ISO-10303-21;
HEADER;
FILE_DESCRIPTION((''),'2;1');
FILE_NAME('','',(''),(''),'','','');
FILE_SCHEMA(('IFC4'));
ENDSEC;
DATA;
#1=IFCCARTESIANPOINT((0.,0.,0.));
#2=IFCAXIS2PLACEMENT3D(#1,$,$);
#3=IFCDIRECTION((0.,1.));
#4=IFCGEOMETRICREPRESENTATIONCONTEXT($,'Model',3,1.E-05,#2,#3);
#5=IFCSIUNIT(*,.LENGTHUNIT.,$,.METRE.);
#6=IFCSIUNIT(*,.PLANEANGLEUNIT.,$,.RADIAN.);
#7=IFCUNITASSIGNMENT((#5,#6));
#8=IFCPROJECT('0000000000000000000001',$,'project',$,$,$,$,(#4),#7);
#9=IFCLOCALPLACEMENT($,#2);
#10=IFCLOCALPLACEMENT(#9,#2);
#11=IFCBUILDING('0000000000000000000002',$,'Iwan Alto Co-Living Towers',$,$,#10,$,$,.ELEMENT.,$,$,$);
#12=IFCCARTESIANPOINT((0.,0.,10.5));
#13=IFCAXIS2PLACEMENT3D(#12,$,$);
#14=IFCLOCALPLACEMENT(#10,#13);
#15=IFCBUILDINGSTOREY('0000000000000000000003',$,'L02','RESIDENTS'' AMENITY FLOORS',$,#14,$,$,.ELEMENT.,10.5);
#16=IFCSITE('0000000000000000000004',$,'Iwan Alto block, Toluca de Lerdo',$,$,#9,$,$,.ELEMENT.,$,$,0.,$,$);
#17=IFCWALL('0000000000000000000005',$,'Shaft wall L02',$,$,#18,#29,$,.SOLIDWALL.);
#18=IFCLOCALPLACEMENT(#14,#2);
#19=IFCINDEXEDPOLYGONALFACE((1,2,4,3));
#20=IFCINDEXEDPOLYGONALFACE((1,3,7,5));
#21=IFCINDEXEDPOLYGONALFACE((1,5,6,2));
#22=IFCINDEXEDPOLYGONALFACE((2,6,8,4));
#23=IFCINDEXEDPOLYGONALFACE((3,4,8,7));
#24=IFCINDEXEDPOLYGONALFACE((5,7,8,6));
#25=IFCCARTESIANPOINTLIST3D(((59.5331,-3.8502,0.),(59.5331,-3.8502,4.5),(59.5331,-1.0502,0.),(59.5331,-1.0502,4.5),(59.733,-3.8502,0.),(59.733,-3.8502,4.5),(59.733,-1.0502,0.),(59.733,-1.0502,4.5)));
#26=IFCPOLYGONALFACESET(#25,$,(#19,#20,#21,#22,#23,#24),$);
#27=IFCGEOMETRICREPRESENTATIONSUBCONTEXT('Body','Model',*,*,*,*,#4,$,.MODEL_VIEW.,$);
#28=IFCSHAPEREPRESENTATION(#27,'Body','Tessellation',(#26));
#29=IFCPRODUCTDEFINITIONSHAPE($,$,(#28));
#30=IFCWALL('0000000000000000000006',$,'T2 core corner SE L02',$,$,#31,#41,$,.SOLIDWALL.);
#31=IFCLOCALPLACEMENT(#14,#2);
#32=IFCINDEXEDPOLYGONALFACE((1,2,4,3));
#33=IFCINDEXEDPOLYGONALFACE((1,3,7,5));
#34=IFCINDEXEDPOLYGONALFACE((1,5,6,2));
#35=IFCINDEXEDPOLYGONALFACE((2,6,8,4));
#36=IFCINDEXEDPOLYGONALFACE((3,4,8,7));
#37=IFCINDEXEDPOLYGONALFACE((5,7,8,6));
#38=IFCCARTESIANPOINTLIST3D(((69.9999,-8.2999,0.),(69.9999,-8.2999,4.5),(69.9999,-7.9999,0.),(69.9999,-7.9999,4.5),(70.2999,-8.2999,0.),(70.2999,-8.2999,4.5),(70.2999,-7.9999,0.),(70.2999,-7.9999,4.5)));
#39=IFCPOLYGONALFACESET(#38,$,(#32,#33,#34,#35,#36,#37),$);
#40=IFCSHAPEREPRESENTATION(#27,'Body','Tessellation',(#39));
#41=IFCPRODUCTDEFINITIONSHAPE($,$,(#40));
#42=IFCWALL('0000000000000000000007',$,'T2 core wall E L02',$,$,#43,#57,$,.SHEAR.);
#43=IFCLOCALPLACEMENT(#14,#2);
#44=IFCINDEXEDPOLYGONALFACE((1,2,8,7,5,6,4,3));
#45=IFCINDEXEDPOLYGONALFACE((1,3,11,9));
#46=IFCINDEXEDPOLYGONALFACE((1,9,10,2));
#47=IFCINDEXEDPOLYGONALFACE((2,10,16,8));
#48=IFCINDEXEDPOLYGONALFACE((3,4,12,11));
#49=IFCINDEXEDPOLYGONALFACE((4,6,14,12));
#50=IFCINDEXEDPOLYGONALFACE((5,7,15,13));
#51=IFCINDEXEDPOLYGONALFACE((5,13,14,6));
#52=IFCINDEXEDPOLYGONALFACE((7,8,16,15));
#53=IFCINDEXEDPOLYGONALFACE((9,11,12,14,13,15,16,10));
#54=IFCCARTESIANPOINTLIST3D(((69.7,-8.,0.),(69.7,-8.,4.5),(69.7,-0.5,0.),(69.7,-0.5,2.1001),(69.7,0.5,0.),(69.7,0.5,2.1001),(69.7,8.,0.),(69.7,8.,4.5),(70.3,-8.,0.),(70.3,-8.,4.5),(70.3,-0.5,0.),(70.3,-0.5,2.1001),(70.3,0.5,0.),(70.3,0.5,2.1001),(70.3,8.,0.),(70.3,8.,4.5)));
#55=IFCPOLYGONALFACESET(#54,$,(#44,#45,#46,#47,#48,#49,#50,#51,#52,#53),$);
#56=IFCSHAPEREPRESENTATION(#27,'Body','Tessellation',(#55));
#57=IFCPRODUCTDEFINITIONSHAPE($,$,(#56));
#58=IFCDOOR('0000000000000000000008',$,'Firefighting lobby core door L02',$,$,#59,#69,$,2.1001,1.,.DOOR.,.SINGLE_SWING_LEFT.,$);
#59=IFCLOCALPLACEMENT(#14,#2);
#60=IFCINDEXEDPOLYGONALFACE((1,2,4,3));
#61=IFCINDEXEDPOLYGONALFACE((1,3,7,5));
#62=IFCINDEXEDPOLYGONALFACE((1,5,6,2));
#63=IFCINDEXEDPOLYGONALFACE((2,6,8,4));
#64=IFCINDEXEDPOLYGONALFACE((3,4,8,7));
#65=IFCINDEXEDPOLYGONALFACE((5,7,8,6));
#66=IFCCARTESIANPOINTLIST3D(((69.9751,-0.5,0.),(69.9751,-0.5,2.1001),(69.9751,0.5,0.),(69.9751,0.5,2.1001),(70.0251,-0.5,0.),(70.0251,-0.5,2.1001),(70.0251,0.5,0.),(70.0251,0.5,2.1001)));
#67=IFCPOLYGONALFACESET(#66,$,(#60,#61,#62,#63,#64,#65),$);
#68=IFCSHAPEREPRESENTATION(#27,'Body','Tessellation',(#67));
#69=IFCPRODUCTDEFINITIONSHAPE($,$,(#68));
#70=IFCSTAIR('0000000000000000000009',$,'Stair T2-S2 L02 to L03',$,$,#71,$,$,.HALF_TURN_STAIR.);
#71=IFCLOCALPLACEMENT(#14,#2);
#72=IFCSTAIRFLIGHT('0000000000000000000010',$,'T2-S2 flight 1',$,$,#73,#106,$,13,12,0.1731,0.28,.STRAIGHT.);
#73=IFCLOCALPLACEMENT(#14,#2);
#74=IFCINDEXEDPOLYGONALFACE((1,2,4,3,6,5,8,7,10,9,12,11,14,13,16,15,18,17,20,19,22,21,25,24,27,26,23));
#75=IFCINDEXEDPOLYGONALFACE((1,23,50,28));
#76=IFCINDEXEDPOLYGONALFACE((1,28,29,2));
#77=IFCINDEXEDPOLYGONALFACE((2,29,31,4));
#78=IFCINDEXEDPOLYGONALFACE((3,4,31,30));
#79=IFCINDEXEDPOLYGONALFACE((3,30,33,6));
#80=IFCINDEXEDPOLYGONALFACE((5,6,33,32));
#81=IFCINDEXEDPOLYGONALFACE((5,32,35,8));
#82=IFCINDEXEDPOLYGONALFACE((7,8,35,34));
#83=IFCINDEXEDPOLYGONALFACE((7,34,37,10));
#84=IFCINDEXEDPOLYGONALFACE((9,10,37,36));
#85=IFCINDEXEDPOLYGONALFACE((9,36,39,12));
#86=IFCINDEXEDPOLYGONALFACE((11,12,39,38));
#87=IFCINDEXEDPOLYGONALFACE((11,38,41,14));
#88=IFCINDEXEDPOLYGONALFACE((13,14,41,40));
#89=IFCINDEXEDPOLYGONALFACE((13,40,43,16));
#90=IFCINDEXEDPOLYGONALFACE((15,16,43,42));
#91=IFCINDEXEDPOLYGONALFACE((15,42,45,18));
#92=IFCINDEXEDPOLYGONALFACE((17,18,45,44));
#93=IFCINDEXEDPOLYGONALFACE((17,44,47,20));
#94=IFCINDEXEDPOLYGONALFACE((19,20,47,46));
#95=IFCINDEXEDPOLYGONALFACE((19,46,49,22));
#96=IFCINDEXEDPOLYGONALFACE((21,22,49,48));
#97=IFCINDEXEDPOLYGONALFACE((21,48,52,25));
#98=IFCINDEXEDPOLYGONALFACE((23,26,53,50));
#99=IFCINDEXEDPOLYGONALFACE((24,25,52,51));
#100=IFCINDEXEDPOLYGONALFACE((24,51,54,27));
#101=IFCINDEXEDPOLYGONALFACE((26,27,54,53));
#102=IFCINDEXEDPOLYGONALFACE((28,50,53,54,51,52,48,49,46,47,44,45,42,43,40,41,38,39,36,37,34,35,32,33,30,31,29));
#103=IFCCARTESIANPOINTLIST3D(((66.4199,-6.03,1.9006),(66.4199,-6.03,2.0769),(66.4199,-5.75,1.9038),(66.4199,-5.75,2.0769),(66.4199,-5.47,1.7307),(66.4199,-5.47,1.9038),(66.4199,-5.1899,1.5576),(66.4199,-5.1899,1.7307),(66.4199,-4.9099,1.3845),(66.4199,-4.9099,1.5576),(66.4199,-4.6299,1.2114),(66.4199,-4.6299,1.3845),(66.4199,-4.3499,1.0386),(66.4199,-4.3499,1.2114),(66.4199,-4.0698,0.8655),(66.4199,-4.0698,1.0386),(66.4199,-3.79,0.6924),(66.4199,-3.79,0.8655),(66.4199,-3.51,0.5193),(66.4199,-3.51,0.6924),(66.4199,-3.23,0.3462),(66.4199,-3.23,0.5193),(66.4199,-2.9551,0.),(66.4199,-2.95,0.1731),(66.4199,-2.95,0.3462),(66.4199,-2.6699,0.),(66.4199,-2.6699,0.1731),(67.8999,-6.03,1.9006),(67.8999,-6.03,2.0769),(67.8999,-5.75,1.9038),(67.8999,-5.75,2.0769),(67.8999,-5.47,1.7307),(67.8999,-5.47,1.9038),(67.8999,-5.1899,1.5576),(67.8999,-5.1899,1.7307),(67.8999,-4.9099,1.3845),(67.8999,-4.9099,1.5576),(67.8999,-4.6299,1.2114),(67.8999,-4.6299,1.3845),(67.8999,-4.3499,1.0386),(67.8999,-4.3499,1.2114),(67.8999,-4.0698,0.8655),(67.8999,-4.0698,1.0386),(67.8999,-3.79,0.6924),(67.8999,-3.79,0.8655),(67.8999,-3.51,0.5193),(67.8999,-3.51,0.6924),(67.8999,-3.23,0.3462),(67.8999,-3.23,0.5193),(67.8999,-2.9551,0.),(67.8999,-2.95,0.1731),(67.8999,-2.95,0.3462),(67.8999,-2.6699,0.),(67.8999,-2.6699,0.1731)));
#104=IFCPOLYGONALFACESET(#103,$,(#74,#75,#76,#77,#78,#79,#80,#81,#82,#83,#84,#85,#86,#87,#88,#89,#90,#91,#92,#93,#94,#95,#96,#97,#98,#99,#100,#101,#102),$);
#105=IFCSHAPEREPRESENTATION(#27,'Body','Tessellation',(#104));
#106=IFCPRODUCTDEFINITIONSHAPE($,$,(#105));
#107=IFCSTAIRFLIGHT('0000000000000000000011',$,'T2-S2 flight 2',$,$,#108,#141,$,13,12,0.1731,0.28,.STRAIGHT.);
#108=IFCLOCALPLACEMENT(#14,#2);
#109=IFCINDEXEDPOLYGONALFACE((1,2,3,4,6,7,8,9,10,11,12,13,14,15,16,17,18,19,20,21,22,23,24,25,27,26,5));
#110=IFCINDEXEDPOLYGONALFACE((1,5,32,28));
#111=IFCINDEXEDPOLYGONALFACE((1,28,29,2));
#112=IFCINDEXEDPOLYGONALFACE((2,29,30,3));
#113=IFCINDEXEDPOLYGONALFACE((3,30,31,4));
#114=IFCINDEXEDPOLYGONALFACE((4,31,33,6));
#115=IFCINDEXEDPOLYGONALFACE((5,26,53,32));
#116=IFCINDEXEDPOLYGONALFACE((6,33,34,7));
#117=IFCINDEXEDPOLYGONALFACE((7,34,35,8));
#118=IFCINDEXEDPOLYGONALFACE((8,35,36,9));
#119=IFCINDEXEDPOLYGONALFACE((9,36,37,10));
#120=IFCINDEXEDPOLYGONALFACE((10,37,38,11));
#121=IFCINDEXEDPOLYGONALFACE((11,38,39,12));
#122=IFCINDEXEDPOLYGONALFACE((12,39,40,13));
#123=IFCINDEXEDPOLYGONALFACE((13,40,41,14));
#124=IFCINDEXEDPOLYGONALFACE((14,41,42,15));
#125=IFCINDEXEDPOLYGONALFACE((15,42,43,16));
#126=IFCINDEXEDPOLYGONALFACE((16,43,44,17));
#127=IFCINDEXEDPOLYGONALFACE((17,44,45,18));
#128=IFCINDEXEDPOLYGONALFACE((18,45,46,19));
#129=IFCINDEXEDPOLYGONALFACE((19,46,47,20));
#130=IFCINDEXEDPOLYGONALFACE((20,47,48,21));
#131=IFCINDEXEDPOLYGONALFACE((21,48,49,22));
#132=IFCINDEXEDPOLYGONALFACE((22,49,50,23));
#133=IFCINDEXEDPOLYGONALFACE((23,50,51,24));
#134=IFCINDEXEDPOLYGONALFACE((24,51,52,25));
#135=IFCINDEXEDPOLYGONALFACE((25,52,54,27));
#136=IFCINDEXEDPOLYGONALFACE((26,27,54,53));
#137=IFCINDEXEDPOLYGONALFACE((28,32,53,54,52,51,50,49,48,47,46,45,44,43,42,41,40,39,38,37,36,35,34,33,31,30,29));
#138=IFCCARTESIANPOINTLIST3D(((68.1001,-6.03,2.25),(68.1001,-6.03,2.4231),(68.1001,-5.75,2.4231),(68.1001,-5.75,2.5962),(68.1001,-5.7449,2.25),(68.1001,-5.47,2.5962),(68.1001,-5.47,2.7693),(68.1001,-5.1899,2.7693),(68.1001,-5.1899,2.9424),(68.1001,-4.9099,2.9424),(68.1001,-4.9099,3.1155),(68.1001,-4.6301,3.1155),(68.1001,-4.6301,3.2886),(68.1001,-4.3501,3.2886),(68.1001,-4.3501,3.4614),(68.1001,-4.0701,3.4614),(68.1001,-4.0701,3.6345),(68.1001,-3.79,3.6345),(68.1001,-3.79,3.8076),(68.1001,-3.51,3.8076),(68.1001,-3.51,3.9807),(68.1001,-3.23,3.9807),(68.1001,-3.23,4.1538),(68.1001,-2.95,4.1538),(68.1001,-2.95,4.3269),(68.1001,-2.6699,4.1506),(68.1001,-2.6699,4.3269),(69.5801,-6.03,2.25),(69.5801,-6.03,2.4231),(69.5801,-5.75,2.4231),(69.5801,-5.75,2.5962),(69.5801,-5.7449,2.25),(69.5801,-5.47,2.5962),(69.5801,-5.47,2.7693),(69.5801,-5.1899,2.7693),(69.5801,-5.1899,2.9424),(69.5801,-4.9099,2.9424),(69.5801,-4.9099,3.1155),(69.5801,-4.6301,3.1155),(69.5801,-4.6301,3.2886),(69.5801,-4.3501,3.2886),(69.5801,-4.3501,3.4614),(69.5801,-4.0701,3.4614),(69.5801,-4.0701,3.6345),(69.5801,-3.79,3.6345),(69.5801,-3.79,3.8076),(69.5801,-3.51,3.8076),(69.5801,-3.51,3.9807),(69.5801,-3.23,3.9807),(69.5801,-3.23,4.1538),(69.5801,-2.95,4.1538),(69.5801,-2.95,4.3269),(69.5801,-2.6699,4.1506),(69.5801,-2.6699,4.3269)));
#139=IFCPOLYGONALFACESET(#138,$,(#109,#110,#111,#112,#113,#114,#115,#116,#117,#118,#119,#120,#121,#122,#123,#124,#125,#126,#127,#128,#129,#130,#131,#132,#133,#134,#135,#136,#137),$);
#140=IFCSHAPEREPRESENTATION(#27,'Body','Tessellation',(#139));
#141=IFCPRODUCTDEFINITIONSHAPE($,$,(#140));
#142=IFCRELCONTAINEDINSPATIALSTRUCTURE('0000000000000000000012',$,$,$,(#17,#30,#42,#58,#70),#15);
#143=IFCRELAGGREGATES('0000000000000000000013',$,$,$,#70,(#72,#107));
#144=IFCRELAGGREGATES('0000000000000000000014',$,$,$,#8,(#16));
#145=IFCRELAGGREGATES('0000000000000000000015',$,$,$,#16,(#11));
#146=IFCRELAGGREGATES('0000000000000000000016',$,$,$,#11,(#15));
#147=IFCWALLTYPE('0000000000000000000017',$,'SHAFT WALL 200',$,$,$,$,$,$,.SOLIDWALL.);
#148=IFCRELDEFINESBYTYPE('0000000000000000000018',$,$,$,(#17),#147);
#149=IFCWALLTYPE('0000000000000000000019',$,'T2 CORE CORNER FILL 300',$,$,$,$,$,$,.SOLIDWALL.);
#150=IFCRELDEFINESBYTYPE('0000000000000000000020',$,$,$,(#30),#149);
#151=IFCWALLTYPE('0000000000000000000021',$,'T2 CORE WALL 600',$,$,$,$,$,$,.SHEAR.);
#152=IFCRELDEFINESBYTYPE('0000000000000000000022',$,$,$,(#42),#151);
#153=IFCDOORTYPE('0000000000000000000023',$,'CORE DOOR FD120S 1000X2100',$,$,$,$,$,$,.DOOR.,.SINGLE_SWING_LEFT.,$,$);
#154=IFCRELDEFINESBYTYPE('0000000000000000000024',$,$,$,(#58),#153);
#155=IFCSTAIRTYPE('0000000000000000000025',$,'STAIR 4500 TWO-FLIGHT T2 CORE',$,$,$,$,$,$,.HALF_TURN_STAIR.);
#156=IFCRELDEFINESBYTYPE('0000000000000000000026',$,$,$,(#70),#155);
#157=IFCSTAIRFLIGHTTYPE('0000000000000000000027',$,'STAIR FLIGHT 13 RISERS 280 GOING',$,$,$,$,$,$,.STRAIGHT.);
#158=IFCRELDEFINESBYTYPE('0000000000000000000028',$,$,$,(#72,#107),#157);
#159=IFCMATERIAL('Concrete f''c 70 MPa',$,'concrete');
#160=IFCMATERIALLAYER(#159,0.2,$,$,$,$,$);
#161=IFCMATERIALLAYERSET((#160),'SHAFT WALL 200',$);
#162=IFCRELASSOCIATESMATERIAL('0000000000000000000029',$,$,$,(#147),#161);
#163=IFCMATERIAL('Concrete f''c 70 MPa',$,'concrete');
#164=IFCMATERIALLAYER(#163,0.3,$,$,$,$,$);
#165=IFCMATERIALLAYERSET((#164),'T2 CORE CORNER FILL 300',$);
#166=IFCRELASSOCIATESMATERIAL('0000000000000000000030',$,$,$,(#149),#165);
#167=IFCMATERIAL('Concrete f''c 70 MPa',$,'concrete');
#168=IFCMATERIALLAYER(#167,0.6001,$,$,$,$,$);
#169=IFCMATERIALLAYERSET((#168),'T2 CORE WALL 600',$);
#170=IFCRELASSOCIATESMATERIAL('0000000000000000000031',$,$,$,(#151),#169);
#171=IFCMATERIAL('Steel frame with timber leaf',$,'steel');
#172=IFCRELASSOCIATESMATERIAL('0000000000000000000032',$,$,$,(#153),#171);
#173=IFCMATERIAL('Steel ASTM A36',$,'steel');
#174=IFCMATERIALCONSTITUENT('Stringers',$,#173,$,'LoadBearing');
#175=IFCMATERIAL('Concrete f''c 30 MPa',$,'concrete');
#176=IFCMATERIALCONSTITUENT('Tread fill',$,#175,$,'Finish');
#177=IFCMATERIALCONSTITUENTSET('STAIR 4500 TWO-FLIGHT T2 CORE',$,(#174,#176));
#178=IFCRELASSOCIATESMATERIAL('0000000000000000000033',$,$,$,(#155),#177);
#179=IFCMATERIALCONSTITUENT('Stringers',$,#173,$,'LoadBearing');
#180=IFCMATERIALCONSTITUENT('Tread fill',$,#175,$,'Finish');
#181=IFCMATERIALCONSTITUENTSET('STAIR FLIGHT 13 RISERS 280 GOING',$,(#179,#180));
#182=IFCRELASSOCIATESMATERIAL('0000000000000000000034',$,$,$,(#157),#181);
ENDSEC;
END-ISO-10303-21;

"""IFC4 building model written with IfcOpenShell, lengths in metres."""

from ifc_helpers import new_model, si_unit, direction, frame, frame_2d, origin, place, context, subcontext, project, spatial, polyline, rectangle, outline, extrude, material, layer, layer_set, constituent, constituent_set, type_object, element, fill, aggregate, save


model = new_model("IFC4")

# Units and contexts
model_context = context("Model", 3, precision=1e-05, world=origin(), true_north=direction((0.0, 1.0)))
body_context = subcontext(model_context, "Body", "Model", "MODEL_VIEW")
ifc_project = project(units=[si_unit("LENGTHUNIT", "METRE"), si_unit("PLANEANGLEUNIT", "RADIAN")], contexts=[model_context])

# Site, building, storey
site_placement = place(None, origin())
site = spatial("IfcSite", under=ifc_project, at=site_placement, Name="Iwan Alto block, Toluca de Lerdo", CompositionType="ELEMENT", RefElevation=0.0)
building_placement = place(site_placement, origin())
building = spatial("IfcBuilding", under=site, at=building_placement, Name="Iwan Alto Co-Living Towers", CompositionType="ELEMENT")
storey_placement = place(building_placement, frame((0.0, 0.0, 10.5)))
storey = spatial("IfcBuildingStorey", under=building, at=storey_placement, Name="L02", Description="RESIDENTS' AMENITY FLOORS", CompositionType="ELEMENT", Elevation=10.5)

# Shared definitions
ifc_material_1 = material(Name="Concrete f'c 70 MPa", Category="concrete")
ifc_layer_1 = layer(ifc_material_1, 0.2)
ifc_layer_set_1 = layer_set([ifc_layer_1], Name="SHAFT WALL 200")
wall_type_1 = type_object("IfcWallType", Name="SHAFT WALL 200", PredefinedType="SOLIDWALL", material=ifc_layer_set_1)

# Walls
wall_1_placement = place(storey_placement, frame((59.6331, -3.8501, 0.0), z_axis=(0.0, 0.0, 1.0), x_axis=(0.0, 1.0, 0.0)))
element("IfcWall", 1, at=wall_1_placement, inside=storey, type_object=wall_type_1, Name="Shaft wall L02", PredefinedType="SOLIDWALL", context=body_context, shape_type="SweptSolid", body=[
    extrude(rectangle(XDim=2.8, YDim=0.2, at=frame_2d((1.3999, 0.0))), origin(), (0.0, 0.0, 1.0), 4.5),
])
ifc_material_2 = material(Name="Concrete f'c 70 MPa", Category="concrete")
ifc_layer_2 = layer(ifc_material_2, 0.3)
ifc_layer_set_2 = layer_set([ifc_layer_2], Name="T2 CORE CORNER FILL 300")
wall_type_2 = type_object("IfcWallType", Name="T2 CORE CORNER FILL 300", PredefinedType="SOLIDWALL", material=ifc_layer_set_2)
wall_2_placement = place(storey_placement, frame((70.0, -8.1499, 0.0), z_axis=(0.0, 0.0, 1.0), x_axis=(1.0, 0.0, 0.0)))
element("IfcWall", 2, at=wall_2_placement, inside=storey, type_object=wall_type_2, Name="T2 core corner SE L02", PredefinedType="SOLIDWALL", context=body_context, shape_type="SweptSolid", body=[
    extrude(rectangle(XDim=0.3, YDim=0.3, at=frame_2d((0.1499, 0.0))), origin(), (0.0, 0.0, 1.0), 4.5),
])

# Wall, opening, door
ifc_material_3 = material(Name="Concrete f'c 70 MPa", Category="concrete")
ifc_layer_3 = layer(ifc_material_3, 0.6001)
ifc_layer_set_3 = layer_set([ifc_layer_3], Name="T2 CORE WALL 600")
wall_type_3 = type_object("IfcWallType", Name="T2 CORE WALL 600", PredefinedType="SHEAR", material=ifc_layer_set_3)
wall_3_placement = place(storey_placement, frame((70.0, -8.0, 0.0), z_axis=(0.0, 0.0, 1.0), x_axis=(0.0, 1.0, 0.0)))
wall_3 = element("IfcWall", 3, at=wall_3_placement, inside=storey, type_object=wall_type_3, Name="T2 core wall E L02", PredefinedType="SHEAR", context=body_context, shape_type="SweptSolid", body=[
    extrude(rectangle(XDim=16.0, YDim=0.6001, at=frame_2d((8.0, 0.0))), origin(), (0.0, 0.0, 1.0), 4.5),
])
opening_1_placement = place(wall_3_placement, frame((7.5, 0.0, 0.0)))
opening_1 = element("IfcOpeningElement", 4, at=opening_1_placement, cuts=wall_3, PredefinedType="OPENING", context=body_context, shape_type="SweptSolid", body=[
    extrude(rectangle(XDim=1.0, YDim=2.1001, at=frame_2d((0.5, 1.05))), frame((0.0, 0.3101, 0.0), z_axis=(0.0, -1.0, 0.0), x_axis=(1.0, 0.0, 0.0)), (0.0, 0.0, 1.0), 0.6201),
])
ifc_material_4 = material(Name="Steel frame with timber leaf", Category="steel")
door_type_1 = type_object("IfcDoorType", Name="CORE DOOR FD120S 1000X2100", OperationType="SINGLE_SWING_LEFT", PredefinedType="DOOR", material=ifc_material_4)
door_1_placement = place(opening_1_placement, origin())
door_1 = element("IfcDoor", 5, at=door_1_placement, inside=storey, type_object=door_type_1, Name="Firefighting lobby core door L02", OperationType="SINGLE_SWING_LEFT", OverallHeight=2.1001, OverallWidth=1.0, PredefinedType="DOOR", context=body_context, shape_type="SweptSolid", body=[
    extrude(rectangle(XDim=1.0, YDim=2.1001, at=frame_2d((0.5, 1.05))), frame((0.0, 0.0249, 0.0), z_axis=(0.0, -1.0, 0.0), x_axis=(1.0, 0.0, 0.0)), (0.0, 0.0, 1.0), 0.05),
])
fill(opening_1, door_1)

# Stair, stair flights
ifc_material_5 = material(Name="Steel ASTM A36", Category="steel")
ifc_constituent_1 = constituent(ifc_material_5, Name="Stringers", Category="LoadBearing")
ifc_material_6 = material(Name="Concrete f'c 30 MPa", Category="concrete")
ifc_constituent_2 = constituent(ifc_material_6, Name="Tread fill", Category="Finish")
ifc_constituent_set_1 = constituent_set(constituents=[ifc_constituent_1, ifc_constituent_2], Name="STAIR 4500 TWO-FLIGHT T2 CORE")
stair_type = type_object("IfcStairType", Name="STAIR 4500 TWO-FLIGHT T2 CORE", PredefinedType="HALF_TURN_STAIR", material=ifc_constituent_set_1)
stair_placement = place(storey_placement, origin())
stair = element("IfcStair", 6, at=stair_placement, inside=storey, type_object=stair_type, Name="Stair T2-S2 L02 to L03", PredefinedType="HALF_TURN_STAIR")
ifc_constituent_3 = constituent(ifc_material_5, Name="Stringers", Category="LoadBearing")
ifc_constituent_4 = constituent(ifc_material_6, Name="Tread fill", Category="Finish")
ifc_constituent_set_2 = constituent_set(constituents=[ifc_constituent_3, ifc_constituent_4], Name="STAIR FLIGHT 13 RISERS 280 GOING")
stair_flight_type = type_object("IfcStairFlightType", Name="STAIR FLIGHT 13 RISERS 280 GOING", PredefinedType="STRAIGHT", material=ifc_constituent_set_2)
stair_flight_1_placement = place(storey_placement, frame((67.1599, -2.6699, 0.0), z_axis=(0.0, 0.0, 1.0), x_axis=(0.0, -1.0, 0.0)))
stair_flight_1 = element("IfcStairFlight", 7, at=stair_flight_1_placement, type_object=stair_flight_type, Name="T2-S2 flight 1", NumberOfRisers=13, NumberOfTreads=12, PredefinedType="STRAIGHT", RiserHeight=0.1731, TreadLength=0.28, context=body_context, shape_type="SweptSolid", body=[
    extrude(outline(polyline([(0.0, 0.0), (0.0, 0.1731), (0.28, 0.1731), (0.28, 0.3462), (0.5601, 0.3462), (0.5601, 0.5193), (0.8401, 0.5193), (0.8401, 0.6924), (1.1201, 0.6924), (1.1201, 0.8655), (1.3999, 0.8655), (1.3999, 1.0386), (1.6799, 1.0386), (1.6799, 1.2114), (1.96, 1.2114), (1.96, 1.3845), (2.24, 1.3845), (2.24, 1.5576), (2.52, 1.5576), (2.52, 1.7307), (2.8, 1.7307), (2.8, 1.9038), (3.0801, 1.9038), (3.0801, 2.0769), (3.3601, 2.0769), (3.3601, 2.25), (3.3601, 1.9006), (0.2852, 0.0), (0.0, 0.0)])), frame((0.0, 0.74, 0.0), z_axis=(0.0, -1.0, 0.0), x_axis=(1.0, 0.0, 0.0)), (0.0, 0.0, 1.0), 1.48),
])
stair_flight_2_placement = place(storey_placement, frame((68.8401, -6.03, 2.25), z_axis=(0.0, 0.0, 1.0), x_axis=(0.0, 1.0, 0.0)))
stair_flight_2 = element("IfcStairFlight", 8, at=stair_flight_2_placement, type_object=stair_flight_type, Name="T2-S2 flight 2", NumberOfRisers=13, NumberOfTreads=12, PredefinedType="STRAIGHT", RiserHeight=0.1731, TreadLength=0.28, context=body_context, shape_type="SweptSolid", body=[
    extrude(outline(polyline([(0.0, 0.0), (0.0, 0.1731), (0.28, 0.1731), (0.28, 0.3462), (0.5601, 0.3462), (0.5601, 0.5193), (0.8401, 0.5193), (0.8401, 0.6924), (1.1201, 0.6924), (1.1201, 0.8655), (1.3999, 0.8655), (1.3999, 1.0386), (1.6799, 1.0386), (1.6799, 1.2114), (1.96, 1.2114), (1.96, 1.3845), (2.24, 1.3845), (2.24, 1.5576), (2.52, 1.5576), (2.52, 1.7307), (2.8, 1.7307), (2.8, 1.9038), (3.0801, 1.9038), (3.0801, 2.0769), (3.3601, 2.0769), (3.3601, 2.25), (3.3601, 1.9006), (0.2852, 0.0), (0.0, 0.0)])), frame((0.0, 0.74, 0.0), z_axis=(0.0, -1.0, 0.0), x_axis=(1.0, 0.0, 0.0)), (0.0, 0.0, 1.0), 1.48),
])
aggregate(stair, [stair_flight_1, stair_flight_2])

save(model, "model.ifc")
